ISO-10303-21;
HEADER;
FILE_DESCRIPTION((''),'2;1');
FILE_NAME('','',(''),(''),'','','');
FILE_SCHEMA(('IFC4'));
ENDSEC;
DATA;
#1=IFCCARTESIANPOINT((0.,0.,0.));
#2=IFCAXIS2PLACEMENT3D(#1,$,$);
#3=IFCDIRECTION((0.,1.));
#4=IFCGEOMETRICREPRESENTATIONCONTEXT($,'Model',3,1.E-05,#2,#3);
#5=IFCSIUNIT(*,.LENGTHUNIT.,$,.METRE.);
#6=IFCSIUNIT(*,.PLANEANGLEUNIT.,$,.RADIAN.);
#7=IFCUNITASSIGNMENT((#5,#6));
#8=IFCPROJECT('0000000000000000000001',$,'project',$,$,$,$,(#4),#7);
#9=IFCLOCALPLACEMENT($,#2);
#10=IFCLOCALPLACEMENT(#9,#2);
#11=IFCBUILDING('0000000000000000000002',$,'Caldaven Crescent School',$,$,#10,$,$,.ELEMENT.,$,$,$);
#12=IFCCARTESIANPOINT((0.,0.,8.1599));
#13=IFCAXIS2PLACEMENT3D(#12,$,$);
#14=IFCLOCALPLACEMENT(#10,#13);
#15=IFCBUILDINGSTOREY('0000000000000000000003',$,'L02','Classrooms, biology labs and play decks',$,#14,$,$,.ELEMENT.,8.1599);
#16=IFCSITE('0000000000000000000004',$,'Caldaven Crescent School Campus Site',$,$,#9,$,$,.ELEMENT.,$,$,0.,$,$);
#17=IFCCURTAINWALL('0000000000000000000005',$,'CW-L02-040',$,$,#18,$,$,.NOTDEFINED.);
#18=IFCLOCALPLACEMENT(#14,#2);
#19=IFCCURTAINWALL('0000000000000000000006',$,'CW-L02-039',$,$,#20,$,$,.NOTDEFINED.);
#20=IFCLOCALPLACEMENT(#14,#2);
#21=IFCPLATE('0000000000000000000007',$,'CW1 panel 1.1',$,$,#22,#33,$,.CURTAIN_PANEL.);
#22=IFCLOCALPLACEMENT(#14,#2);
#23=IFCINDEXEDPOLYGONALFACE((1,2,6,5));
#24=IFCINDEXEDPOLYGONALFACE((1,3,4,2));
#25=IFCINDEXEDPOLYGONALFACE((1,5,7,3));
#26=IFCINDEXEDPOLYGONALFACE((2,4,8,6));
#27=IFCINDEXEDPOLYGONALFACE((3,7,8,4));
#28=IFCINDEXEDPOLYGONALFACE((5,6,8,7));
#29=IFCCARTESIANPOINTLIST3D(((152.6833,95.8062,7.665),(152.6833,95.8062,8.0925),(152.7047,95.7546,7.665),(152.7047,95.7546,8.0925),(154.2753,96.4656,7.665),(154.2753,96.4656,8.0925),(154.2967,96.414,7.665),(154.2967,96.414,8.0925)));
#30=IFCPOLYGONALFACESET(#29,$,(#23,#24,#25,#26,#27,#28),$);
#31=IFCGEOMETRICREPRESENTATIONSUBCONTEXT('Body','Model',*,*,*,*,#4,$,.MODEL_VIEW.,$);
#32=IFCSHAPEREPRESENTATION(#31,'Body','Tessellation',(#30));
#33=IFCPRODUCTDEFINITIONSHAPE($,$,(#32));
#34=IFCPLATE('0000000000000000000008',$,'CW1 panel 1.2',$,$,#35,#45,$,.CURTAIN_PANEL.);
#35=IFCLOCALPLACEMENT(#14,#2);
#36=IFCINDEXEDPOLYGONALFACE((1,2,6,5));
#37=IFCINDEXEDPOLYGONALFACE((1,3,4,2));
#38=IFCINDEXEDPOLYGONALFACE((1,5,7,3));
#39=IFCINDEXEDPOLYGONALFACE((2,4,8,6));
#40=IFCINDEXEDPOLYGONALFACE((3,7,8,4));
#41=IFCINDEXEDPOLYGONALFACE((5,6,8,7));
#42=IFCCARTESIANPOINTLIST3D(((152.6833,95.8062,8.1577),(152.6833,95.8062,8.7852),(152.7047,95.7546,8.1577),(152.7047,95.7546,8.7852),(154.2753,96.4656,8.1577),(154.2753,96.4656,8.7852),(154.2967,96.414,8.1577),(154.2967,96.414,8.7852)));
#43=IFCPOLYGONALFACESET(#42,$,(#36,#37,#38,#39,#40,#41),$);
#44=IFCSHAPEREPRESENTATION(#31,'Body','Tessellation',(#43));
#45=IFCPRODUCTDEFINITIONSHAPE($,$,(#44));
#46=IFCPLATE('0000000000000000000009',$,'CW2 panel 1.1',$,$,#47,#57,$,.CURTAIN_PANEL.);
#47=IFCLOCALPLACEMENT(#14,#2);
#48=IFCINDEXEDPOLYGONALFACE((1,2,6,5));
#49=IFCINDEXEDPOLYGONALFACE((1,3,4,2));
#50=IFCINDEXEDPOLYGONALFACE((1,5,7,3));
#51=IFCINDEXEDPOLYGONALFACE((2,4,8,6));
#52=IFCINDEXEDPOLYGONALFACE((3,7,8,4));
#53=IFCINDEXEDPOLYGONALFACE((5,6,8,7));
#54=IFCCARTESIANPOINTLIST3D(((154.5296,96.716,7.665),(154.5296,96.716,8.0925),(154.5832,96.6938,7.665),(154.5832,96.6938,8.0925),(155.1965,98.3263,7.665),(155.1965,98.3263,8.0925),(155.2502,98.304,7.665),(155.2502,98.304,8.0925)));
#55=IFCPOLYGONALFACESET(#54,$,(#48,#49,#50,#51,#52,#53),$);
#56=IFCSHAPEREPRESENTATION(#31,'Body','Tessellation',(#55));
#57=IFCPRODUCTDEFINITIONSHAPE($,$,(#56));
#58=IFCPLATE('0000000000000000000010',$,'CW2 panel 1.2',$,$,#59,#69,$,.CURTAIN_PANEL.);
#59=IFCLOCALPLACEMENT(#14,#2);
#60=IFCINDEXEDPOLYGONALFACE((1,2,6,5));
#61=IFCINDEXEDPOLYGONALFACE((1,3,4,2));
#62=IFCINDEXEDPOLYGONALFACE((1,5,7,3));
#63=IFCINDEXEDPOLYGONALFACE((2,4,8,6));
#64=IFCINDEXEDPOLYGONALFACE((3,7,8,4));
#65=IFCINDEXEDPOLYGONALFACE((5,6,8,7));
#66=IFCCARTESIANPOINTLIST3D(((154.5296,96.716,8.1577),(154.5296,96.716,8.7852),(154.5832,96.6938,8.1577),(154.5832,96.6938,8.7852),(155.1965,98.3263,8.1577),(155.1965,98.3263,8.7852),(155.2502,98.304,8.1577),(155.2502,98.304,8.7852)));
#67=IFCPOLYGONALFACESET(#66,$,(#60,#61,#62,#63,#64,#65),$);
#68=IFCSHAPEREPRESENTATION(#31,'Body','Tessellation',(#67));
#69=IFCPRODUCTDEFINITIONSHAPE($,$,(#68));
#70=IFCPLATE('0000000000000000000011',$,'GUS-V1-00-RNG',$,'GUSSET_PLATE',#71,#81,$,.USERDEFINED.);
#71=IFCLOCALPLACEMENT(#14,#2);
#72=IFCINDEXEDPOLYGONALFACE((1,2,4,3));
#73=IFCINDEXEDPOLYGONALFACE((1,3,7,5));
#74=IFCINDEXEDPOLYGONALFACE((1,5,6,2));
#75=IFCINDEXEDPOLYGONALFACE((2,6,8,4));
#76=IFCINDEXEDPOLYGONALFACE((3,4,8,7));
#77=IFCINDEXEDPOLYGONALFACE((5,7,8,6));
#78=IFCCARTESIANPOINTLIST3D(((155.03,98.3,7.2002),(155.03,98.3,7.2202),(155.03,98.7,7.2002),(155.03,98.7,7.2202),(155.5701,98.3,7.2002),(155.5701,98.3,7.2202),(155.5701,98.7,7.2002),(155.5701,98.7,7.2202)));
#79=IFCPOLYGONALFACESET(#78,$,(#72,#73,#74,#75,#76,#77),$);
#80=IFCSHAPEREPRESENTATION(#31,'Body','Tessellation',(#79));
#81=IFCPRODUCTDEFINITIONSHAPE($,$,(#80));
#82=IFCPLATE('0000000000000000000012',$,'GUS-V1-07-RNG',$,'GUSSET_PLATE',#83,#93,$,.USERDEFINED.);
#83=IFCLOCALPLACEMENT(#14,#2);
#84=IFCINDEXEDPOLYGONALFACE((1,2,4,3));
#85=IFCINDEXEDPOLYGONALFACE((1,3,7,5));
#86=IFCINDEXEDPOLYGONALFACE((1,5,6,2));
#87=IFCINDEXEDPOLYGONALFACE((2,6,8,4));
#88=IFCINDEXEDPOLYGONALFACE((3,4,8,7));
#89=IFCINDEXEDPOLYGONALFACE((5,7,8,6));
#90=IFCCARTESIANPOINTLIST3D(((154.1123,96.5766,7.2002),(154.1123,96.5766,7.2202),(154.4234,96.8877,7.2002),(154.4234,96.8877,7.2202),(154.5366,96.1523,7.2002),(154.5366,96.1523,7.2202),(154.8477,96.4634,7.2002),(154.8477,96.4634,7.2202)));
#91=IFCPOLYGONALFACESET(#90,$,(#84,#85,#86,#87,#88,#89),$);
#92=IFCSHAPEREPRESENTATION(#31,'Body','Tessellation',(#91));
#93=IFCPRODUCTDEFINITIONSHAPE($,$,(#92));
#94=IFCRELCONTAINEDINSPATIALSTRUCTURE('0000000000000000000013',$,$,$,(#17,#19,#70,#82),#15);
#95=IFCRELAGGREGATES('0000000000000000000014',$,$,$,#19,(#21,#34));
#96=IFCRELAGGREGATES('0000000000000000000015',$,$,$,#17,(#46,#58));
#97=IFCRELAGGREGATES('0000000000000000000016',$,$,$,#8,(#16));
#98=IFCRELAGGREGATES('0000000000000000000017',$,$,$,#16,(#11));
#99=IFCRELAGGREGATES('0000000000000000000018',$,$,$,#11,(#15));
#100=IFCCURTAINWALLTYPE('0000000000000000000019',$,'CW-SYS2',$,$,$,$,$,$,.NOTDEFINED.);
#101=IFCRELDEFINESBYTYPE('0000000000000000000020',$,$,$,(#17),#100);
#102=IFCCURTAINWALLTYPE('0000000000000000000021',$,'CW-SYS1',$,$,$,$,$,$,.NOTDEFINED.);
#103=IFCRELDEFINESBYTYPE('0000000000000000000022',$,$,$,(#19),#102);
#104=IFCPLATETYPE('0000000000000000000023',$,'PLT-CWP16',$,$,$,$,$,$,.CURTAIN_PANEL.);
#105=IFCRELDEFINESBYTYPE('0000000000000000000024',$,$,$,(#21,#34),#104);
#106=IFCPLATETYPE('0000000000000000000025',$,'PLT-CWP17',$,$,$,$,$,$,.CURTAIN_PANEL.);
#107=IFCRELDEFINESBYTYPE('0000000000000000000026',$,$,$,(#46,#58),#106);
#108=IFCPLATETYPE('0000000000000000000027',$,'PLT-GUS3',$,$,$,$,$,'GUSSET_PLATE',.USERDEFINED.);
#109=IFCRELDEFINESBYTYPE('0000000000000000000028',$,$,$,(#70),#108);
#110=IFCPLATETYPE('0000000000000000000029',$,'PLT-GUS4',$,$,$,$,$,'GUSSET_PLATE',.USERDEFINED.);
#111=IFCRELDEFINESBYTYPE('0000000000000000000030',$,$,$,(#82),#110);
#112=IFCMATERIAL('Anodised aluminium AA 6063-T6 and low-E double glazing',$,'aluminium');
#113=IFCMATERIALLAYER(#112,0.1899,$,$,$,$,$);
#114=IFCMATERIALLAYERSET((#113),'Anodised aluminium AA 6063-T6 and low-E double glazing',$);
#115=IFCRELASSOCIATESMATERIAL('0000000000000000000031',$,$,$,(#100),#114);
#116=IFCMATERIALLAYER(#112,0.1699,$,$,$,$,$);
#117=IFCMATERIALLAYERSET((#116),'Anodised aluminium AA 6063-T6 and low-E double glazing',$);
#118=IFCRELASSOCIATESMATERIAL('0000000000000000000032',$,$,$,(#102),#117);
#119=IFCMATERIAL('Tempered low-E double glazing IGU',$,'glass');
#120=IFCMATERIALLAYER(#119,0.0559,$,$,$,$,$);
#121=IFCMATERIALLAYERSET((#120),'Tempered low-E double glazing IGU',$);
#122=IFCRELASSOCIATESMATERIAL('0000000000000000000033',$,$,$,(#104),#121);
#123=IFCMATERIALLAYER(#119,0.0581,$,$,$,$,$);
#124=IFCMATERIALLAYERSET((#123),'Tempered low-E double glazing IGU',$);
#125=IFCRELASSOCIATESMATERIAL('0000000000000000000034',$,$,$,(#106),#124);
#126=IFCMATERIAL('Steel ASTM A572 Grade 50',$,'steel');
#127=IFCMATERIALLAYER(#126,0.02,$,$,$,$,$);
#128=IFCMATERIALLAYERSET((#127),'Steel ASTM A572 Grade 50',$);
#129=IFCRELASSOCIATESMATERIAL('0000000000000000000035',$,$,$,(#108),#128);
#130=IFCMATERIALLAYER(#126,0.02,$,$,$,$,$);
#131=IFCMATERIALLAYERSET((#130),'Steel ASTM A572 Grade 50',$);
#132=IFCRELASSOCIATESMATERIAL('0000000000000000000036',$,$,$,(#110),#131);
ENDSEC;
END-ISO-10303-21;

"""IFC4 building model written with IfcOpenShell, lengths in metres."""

from ifc_helpers import new_model, si_unit, direction, frame, origin, origin_2d, place, context, subcontext, project, spatial, rectangle, extrude, material, layer, layer_set, type_object, element, aggregate, save


model = new_model("IFC4")

# Units and contexts
model_context = context("Model", 3, precision=1e-05, world=origin(), true_north=direction((0.0, 1.0)))
body_context = subcontext(model_context, "Body", "Model", "MODEL_VIEW")
ifc_project = project(units=[si_unit("LENGTHUNIT", "METRE"), si_unit("PLANEANGLEUNIT", "RADIAN")], contexts=[model_context])

# Site, building, storey
site_placement = place(None, origin())
site = spatial("IfcSite", under=ifc_project, at=site_placement, Name="Caldaven Crescent School Campus Site", CompositionType="ELEMENT", RefElevation=0.0)
building_placement = place(site_placement, origin())
building = spatial("IfcBuilding", under=site, at=building_placement, Name="Caldaven Crescent School", CompositionType="ELEMENT")
storey_placement = place(building_placement, frame((0.0, 0.0, 8.1599)))
storey = spatial("IfcBuildingStorey", under=building, at=storey_placement, Name="L02", Description="Classrooms, biology labs and play decks", CompositionType="ELEMENT", Elevation=8.1599)

# Shared definitions
ifc_material_1 = material(Name="Steel ASTM A572 Grade 50", Category="steel")

# Curtain walls
ifc_material_2 = material(Name="Anodised aluminium AA 6063-T6 and low-E double glazing", Category="aluminium")
ifc_layer_1 = layer(ifc_material_2, 0.1899)
ifc_layer_set_1 = layer_set([ifc_layer_1], Name="Anodised aluminium AA 6063-T6 and low-E double glazing")
curtain_wall_type_1 = type_object("IfcCurtainWallType", Name="CW-SYS2", PredefinedType="NOTDEFINED", material=ifc_layer_set_1)
curtain_wall_1_placement = place(storey_placement, origin())
curtain_wall_1 = element("IfcCurtainWall", 1, at=curtain_wall_1_placement, inside=storey, type_object=curtain_wall_type_1, Name="CW-L02-040", PredefinedType="NOTDEFINED")
ifc_layer_2 = layer(ifc_material_2, 0.1699)
ifc_layer_set_2 = layer_set([ifc_layer_2], Name="Anodised aluminium AA 6063-T6 and low-E double glazing")
curtain_wall_type_2 = type_object("IfcCurtainWallType", Name="CW-SYS1", PredefinedType="NOTDEFINED", material=ifc_layer_set_2)
curtain_wall_2_placement = place(storey_placement, origin())
curtain_wall_2 = element("IfcCurtainWall", 2, at=curtain_wall_2_placement, inside=storey, type_object=curtain_wall_type_2, Name="CW-L02-039", PredefinedType="NOTDEFINED")

# Plates
ifc_material_3 = material(Name="Tempered low-E double glazing IGU", Category="glass")
ifc_layer_3 = layer(ifc_material_3, 0.0559)
ifc_layer_set_3 = layer_set([ifc_layer_3], Name="Tempered low-E double glazing IGU")
plate_type_1 = type_object("IfcPlateType", Name="PLT-CWP16", PredefinedType="CURTAIN_PANEL", material=ifc_layer_set_3)
plate_1_placement = place(storey_placement, frame((153.49, 96.1101, 7.665), z_axis=(0.0, 0.0, 1.0), x_axis=(0.92388, 0.382682, 0.0)))
plate_1 = element("IfcPlate", 3, at=plate_1_placement, type_object=plate_type_1, Name="CW1 panel 1.1", PredefinedType="CURTAIN_PANEL", context=body_context, shape_type="SweptSolid", body=[
    extrude(rectangle(XDim=1.7231, YDim=0.0559, at=origin_2d()), origin(), (0.0, 0.0, 1.0), 0.4275),
])
plate_2_placement = place(storey_placement, frame((153.49, 96.1101, 8.1577), z_axis=(0.0, 0.0, 1.0), x_axis=(0.92388, 0.382682, 0.0)))
plate_2 = element("IfcPlate", 4, at=plate_2_placement, type_object=plate_type_1, Name="CW1 panel 1.2", PredefinedType="CURTAIN_PANEL", context=body_context, shape_type="SweptSolid", body=[
    extrude(rectangle(XDim=1.7231, YDim=0.0559, at=origin_2d()), origin(), (0.0, 0.0, 1.0), 0.6274),
])
aggregate(curtain_wall_2, [plate_1, plate_2])
ifc_layer_4 = layer(ifc_material_3, 0.0581)
ifc_layer_set_4 = layer_set([ifc_layer_4], Name="Tempered low-E double glazing IGU")
plate_type_2 = type_object("IfcPlateType", Name="PLT-CWP17", PredefinedType="CURTAIN_PANEL", material=ifc_layer_set_4)
plate_3_placement = place(storey_placement, frame((154.8899, 97.51, 7.665), z_axis=(0.0, 0.0, 1.0), x_axis=(0.382682, 0.92388, 0.0)))
plate_3 = element("IfcPlate", 5, at=plate_3_placement, type_object=plate_type_2, Name="CW2 panel 1.1", PredefinedType="CURTAIN_PANEL", context=body_context, shape_type="SweptSolid", body=[
    extrude(rectangle(XDim=1.7429, YDim=0.0581, at=origin_2d()), origin(), (0.0, 0.0, 1.0), 0.4275),
])
plate_4_placement = place(storey_placement, frame((154.8899, 97.51, 8.1577), z_axis=(0.0, 0.0, 1.0), x_axis=(0.382682, 0.92388, 0.0)))
plate_4 = element("IfcPlate", 6, at=plate_4_placement, type_object=plate_type_2, Name="CW2 panel 1.2", PredefinedType="CURTAIN_PANEL", context=body_context, shape_type="SweptSolid", body=[
    extrude(rectangle(XDim=1.7429, YDim=0.0581, at=origin_2d()), origin(), (0.0, 0.0, 1.0), 0.6274),
])
aggregate(curtain_wall_1, [plate_3, plate_4])

# Plates
ifc_layer_5 = layer(ifc_material_1, 0.02)
ifc_layer_set_5 = layer_set([ifc_layer_5], Name="Steel ASTM A572 Grade 50")
plate_type_3 = type_object("IfcPlateType", Name="PLT-GUS3", ElementType="GUSSET_PLATE", PredefinedType="USERDEFINED", material=ifc_layer_set_5)
plate_5_placement = place(storey_placement, frame((155.3, 98.5, 7.2002), z_axis=(0.0, 0.0, 1.0), x_axis=(1.0, 0.0, 0.0)))
element("IfcPlate", 7, at=plate_5_placement, inside=storey, type_object=plate_type_3, Name="GUS-V1-00-RNG", ObjectType="GUSSET_PLATE", PredefinedType="USERDEFINED", context=body_context, shape_type="SweptSolid", body=[
    extrude(rectangle(XDim=0.54, YDim=0.3999, at=origin_2d()), origin(), (0.0, 0.0, 1.0), 0.02),
])
ifc_layer_6 = layer(ifc_material_1, 0.02)
ifc_layer_set_6 = layer_set([ifc_layer_6], Name="Steel ASTM A572 Grade 50")
plate_type_4 = type_object("IfcPlateType", Name="PLT-GUS4", ElementType="GUSSET_PLATE", PredefinedType="USERDEFINED", material=ifc_layer_set_6)
plate_6_placement = place(storey_placement, frame((154.48, 96.52, 7.2002), z_axis=(0.0, 0.0, 1.0), x_axis=(0.707107, -0.707107, 0.0)))
element("IfcPlate", 8, at=plate_6_placement, inside=storey, type_object=plate_type_4, Name="GUS-V1-07-RNG", ObjectType="GUSSET_PLATE", PredefinedType="USERDEFINED", context=body_context, shape_type="SweptSolid", body=[
    extrude(rectangle(XDim=0.6001, YDim=0.4399, at=origin_2d()), origin(), (0.0, 0.0, 1.0), 0.02),
])

save(model, "model.ifc")
